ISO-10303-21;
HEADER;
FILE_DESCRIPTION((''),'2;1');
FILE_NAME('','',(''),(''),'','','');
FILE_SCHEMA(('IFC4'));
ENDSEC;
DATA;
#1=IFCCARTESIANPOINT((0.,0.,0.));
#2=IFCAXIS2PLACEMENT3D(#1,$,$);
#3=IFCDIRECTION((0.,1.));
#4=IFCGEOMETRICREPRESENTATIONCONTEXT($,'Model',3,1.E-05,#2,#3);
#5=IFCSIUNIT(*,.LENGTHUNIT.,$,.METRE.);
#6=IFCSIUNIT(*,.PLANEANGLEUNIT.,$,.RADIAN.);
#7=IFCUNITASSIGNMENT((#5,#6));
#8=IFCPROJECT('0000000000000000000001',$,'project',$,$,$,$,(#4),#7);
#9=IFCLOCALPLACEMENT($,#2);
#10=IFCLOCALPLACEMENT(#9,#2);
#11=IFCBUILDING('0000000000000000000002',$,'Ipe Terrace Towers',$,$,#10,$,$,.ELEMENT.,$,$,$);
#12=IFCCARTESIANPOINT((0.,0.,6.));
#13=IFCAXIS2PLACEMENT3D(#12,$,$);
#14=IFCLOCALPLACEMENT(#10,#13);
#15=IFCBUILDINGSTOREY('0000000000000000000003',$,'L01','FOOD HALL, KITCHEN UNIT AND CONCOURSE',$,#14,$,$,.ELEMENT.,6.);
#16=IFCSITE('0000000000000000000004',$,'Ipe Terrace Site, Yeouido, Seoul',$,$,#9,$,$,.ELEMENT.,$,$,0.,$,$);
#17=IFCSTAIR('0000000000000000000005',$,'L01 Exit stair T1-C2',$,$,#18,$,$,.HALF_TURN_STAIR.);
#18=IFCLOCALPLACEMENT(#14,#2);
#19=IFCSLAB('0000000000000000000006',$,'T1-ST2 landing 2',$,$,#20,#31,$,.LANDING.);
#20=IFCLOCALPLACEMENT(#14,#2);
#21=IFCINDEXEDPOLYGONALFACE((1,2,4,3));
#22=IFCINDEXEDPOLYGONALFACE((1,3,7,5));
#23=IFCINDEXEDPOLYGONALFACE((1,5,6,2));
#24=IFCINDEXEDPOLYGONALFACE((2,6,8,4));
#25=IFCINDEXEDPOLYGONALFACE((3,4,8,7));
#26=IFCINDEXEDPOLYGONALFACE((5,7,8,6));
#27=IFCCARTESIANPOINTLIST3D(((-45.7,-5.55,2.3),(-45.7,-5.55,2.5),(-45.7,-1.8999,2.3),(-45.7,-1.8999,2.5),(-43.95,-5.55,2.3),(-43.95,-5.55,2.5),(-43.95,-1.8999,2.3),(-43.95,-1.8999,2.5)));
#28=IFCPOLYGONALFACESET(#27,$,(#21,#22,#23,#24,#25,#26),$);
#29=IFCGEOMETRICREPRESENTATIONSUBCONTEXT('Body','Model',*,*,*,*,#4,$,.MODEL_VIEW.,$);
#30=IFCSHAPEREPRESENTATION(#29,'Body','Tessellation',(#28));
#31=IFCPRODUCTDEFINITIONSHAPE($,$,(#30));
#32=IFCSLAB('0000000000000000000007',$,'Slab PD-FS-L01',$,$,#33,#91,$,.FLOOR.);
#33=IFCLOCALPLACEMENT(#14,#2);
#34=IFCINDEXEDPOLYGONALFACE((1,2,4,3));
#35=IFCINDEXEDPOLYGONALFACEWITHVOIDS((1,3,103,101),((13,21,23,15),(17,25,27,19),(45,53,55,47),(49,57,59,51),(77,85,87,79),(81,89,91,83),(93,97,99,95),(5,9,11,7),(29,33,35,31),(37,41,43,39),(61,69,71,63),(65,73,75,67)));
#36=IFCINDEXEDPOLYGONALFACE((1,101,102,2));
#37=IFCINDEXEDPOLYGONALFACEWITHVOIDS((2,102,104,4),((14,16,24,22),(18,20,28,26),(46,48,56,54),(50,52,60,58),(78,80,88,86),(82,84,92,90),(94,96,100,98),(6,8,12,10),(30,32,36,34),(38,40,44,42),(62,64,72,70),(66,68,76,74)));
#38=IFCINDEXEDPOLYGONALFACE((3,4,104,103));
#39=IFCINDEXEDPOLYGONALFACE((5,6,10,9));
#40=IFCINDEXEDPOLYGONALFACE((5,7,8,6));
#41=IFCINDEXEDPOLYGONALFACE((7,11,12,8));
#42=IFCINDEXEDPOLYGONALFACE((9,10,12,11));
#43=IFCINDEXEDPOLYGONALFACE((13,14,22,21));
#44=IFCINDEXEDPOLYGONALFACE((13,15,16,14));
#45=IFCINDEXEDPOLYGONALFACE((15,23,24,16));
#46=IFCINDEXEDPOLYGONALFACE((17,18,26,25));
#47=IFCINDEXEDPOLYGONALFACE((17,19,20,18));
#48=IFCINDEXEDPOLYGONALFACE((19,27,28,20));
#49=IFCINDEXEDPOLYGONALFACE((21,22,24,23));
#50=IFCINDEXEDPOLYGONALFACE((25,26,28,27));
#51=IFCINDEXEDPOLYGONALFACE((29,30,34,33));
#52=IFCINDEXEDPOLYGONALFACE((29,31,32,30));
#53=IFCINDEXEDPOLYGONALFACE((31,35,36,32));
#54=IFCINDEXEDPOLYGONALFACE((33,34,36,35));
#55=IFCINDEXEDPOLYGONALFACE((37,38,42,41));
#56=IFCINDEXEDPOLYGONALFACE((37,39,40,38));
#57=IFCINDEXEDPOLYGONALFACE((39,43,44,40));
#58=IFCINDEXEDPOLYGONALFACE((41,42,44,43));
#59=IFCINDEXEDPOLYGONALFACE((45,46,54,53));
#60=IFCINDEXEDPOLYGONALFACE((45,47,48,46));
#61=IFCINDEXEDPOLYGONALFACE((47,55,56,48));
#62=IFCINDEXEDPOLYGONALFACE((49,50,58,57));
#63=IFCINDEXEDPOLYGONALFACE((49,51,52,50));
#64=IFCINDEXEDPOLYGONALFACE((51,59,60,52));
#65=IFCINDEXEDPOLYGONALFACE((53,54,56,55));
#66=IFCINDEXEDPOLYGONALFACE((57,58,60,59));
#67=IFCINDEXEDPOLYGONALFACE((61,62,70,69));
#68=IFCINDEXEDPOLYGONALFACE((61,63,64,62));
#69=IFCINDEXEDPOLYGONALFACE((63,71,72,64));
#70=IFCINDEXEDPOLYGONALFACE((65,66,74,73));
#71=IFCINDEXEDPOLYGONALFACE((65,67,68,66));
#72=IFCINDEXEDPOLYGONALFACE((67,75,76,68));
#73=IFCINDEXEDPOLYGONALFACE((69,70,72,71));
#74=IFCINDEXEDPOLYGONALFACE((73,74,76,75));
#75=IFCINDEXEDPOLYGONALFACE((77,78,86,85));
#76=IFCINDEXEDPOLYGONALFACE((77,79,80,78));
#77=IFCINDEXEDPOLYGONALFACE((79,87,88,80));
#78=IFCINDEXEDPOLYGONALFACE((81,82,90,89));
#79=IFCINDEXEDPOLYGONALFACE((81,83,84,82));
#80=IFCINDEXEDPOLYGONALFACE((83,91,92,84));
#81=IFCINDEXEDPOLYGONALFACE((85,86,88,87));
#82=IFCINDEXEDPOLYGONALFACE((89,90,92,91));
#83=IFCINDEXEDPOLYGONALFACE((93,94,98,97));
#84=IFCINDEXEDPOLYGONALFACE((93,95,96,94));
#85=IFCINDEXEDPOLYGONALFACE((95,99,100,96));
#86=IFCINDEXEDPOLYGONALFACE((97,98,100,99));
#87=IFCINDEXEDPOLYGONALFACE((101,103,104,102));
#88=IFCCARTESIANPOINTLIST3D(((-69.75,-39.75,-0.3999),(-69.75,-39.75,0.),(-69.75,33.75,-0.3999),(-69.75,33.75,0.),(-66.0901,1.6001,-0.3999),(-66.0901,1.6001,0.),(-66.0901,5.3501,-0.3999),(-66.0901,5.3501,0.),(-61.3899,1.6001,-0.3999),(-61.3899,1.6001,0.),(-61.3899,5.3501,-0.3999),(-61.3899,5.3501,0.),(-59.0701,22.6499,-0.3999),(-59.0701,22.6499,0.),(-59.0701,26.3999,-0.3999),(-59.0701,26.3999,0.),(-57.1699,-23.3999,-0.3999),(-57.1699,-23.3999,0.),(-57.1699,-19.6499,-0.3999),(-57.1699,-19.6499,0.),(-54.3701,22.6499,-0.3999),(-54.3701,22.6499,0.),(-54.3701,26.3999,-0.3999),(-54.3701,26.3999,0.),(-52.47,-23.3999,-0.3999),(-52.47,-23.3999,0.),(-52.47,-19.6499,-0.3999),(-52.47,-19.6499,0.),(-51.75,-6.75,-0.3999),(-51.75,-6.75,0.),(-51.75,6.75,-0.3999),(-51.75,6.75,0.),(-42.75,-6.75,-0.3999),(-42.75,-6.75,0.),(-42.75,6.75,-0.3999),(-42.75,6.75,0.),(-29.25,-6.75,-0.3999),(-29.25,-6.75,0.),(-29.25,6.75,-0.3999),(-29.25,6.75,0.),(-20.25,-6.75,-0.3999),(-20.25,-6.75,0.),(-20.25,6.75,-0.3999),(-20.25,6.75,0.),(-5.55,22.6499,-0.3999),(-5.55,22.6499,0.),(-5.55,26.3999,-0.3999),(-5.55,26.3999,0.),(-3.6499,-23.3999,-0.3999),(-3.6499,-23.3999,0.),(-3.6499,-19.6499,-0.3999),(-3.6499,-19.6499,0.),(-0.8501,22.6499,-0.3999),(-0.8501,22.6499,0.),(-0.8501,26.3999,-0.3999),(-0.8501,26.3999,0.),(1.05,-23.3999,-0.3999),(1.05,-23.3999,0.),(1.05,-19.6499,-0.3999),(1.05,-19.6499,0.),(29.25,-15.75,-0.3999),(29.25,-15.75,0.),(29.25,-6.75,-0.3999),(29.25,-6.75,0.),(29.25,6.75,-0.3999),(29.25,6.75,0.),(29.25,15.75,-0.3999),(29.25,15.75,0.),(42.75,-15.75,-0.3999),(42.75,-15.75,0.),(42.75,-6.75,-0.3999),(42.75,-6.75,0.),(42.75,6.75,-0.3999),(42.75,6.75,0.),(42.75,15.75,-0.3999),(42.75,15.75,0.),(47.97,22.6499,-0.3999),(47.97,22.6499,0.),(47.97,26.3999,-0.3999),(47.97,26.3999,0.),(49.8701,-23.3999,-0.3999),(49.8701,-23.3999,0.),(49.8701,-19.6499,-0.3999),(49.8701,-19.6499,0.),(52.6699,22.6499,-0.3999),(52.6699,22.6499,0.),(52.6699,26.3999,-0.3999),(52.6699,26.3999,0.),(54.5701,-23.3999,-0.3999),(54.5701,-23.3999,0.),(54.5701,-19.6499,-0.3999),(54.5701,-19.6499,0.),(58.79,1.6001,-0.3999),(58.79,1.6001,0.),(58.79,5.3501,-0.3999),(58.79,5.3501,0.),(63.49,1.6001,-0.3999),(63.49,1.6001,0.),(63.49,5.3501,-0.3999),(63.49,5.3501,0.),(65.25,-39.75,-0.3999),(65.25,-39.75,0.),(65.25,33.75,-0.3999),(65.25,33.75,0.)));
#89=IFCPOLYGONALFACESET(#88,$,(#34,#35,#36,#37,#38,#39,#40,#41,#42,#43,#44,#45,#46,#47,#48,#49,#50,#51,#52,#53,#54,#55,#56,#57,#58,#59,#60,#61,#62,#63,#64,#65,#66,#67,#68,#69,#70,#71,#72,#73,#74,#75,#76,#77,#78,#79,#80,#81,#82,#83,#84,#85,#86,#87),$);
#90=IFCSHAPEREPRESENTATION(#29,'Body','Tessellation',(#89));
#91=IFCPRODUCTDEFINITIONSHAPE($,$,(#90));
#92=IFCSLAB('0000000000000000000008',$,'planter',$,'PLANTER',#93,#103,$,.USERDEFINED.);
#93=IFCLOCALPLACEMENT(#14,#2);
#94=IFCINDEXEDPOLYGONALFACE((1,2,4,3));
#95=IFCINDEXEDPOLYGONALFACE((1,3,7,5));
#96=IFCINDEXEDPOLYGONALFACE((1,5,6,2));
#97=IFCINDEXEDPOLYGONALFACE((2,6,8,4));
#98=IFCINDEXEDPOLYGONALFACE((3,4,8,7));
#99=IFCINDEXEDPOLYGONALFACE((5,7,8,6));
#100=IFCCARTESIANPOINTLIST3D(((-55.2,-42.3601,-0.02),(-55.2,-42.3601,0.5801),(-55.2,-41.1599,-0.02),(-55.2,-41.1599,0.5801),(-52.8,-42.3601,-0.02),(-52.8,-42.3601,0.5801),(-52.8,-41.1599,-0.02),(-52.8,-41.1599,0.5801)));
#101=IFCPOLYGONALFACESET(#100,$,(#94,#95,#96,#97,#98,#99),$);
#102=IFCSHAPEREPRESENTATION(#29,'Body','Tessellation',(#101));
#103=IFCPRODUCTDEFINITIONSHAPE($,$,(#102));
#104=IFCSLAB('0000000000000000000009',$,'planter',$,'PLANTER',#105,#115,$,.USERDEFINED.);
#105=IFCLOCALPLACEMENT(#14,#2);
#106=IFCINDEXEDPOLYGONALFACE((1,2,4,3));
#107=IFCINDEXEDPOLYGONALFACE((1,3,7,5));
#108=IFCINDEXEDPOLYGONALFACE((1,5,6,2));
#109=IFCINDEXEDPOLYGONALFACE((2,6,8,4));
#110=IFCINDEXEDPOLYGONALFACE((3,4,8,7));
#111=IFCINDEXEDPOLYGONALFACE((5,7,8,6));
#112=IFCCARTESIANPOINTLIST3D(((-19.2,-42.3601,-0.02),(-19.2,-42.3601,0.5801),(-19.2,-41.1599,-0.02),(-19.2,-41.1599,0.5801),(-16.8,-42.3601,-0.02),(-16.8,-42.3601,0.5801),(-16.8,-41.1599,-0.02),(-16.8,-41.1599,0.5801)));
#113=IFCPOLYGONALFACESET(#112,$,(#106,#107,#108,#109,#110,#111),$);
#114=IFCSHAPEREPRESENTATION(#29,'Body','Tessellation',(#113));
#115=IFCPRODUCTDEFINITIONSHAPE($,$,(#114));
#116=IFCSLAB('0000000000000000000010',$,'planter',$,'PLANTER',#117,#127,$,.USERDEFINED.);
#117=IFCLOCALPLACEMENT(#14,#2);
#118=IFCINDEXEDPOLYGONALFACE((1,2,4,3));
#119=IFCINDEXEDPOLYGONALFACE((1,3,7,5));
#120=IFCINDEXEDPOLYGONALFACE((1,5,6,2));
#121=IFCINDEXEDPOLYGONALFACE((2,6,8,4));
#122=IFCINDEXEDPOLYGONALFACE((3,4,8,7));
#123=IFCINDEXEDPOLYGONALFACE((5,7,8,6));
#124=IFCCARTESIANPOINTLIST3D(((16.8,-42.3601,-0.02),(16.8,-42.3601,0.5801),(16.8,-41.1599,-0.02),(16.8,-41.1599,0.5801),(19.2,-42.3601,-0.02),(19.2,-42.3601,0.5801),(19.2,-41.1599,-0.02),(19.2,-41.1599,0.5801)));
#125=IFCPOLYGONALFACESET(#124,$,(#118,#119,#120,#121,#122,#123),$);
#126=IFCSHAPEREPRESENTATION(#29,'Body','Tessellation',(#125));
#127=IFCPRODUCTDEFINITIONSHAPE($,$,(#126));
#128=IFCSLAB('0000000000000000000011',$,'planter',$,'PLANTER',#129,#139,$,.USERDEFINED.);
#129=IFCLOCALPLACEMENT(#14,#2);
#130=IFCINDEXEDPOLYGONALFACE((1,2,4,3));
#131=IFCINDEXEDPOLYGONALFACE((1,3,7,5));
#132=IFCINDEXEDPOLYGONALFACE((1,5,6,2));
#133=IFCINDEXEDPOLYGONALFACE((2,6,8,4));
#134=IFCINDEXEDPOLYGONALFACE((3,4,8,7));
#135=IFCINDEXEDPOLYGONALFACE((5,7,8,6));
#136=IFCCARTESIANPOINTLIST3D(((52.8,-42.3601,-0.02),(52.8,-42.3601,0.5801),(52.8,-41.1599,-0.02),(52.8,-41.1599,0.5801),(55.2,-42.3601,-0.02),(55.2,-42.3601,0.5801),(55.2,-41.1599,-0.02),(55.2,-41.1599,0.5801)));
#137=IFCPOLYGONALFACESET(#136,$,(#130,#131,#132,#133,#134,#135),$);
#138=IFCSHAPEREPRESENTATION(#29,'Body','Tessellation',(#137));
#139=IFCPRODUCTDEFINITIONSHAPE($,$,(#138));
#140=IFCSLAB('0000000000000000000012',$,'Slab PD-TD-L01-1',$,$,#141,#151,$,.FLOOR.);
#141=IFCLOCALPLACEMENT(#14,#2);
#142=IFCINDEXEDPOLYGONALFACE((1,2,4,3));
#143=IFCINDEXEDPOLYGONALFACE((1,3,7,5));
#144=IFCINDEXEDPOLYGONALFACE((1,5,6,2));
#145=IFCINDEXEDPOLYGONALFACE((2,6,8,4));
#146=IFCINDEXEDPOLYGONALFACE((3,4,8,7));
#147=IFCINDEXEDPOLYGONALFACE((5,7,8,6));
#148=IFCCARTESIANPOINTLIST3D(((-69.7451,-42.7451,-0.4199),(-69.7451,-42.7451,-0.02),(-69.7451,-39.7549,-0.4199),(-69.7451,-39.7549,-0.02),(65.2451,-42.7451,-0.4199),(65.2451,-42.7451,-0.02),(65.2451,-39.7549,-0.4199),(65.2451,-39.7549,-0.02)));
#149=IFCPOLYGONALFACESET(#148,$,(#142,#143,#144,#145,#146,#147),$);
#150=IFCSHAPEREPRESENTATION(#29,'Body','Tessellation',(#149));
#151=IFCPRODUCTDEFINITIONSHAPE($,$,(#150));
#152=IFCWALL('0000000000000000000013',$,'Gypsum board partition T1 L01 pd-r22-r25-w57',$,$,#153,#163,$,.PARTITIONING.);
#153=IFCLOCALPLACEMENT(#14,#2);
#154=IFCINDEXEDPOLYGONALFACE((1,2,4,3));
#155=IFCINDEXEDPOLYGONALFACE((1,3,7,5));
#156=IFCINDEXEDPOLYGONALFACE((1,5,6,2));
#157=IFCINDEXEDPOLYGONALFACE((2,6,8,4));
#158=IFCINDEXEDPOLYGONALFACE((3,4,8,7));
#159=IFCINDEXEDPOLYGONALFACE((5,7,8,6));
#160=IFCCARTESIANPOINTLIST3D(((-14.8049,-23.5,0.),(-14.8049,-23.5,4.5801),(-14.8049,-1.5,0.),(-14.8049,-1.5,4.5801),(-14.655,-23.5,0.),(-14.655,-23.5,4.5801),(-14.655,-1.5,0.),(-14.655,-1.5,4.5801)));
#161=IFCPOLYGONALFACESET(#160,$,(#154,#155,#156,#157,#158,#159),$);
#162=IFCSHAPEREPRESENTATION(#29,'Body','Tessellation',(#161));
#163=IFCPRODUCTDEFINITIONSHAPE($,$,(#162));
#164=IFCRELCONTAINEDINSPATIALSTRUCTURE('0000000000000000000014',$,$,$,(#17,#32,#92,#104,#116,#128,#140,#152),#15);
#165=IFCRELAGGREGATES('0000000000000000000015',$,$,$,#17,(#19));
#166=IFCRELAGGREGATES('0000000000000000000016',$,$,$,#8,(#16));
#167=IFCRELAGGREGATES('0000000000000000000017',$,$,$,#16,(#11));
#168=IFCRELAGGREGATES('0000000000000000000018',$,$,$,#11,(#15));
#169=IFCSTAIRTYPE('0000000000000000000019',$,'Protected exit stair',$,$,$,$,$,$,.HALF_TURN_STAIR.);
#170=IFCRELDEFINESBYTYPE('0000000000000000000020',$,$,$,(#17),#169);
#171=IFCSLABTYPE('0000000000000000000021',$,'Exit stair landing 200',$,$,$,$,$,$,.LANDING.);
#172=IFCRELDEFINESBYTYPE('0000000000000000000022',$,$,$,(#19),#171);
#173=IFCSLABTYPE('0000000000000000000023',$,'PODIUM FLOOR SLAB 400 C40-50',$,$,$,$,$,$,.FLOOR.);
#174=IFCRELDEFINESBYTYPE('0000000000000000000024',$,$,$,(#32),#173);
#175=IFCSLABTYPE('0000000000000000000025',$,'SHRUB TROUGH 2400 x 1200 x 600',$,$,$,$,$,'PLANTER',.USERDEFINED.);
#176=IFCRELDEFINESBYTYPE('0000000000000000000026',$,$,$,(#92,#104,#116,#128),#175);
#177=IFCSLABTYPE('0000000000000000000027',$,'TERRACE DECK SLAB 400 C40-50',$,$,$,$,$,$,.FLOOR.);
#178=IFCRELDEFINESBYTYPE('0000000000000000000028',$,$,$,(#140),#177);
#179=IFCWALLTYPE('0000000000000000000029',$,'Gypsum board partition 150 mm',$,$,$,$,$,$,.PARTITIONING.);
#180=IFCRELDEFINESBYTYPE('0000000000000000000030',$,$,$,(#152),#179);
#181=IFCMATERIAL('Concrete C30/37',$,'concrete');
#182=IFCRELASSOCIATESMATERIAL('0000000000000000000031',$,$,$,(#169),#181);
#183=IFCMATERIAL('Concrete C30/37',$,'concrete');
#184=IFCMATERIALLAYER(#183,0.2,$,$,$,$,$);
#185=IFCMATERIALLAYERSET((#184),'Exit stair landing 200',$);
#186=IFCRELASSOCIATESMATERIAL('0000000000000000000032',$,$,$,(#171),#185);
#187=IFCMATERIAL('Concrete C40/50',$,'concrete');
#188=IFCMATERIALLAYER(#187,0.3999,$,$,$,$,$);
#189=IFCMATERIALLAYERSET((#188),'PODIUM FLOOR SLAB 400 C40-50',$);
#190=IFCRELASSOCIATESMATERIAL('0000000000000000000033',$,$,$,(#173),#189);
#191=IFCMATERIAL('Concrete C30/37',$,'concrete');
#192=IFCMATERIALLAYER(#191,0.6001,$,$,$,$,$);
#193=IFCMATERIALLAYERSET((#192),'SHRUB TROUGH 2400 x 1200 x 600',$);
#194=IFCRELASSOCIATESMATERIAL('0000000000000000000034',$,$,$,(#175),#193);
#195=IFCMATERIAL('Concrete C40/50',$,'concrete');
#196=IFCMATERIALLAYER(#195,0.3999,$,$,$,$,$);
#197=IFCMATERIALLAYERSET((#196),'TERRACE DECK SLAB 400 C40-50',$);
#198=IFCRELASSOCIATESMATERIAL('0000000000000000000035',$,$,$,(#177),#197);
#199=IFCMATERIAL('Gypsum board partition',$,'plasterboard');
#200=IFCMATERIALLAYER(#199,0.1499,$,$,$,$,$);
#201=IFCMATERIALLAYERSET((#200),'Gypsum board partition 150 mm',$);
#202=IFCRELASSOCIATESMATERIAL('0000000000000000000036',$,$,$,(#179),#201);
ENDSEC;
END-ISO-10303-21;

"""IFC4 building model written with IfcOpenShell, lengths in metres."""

from ifc_helpers import new_model, si_unit, direction, frame, frame_2d, origin, place, context, subcontext, project, spatial, polyline, rectangle, outline, extrude, material, layer, layer_set, type_object, element, aggregate, save


model = new_model("IFC4")

# Units and contexts
model_context = context("Model", 3, precision=1e-05, world=origin(), true_north=direction((0.0, 1.0)))
body_context = subcontext(model_context, "Body", "Model", "MODEL_VIEW")
ifc_project = project(units=[si_unit("LENGTHUNIT", "METRE"), si_unit("PLANEANGLEUNIT", "RADIAN")], contexts=[model_context])

# Site, building, storey
site_placement = place(None, origin())
site = spatial("IfcSite", under=ifc_project, at=site_placement, Name="Ipe Terrace Site, Yeouido, Seoul", CompositionType="ELEMENT", RefElevation=0.0)
building_placement = place(site_placement, origin())
building = spatial("IfcBuilding", under=site, at=building_placement, Name="Ipe Terrace Towers", CompositionType="ELEMENT")
storey_placement = place(building_placement, frame((0.0, 0.0, 6.0)))
storey = spatial("IfcBuildingStorey", under=building, at=storey_placement, Name="L01", Description="FOOD HALL, KITCHEN UNIT AND CONCOURSE", CompositionType="ELEMENT", Elevation=6.0)

# Stair, slab
ifc_material_1 = material(Name="Concrete C30/37", Category="concrete")
stair_type = type_object("IfcStairType", Name="Protected exit stair", PredefinedType="HALF_TURN_STAIR", material=ifc_material_1)
ifc_material_2 = material(Name="Concrete C30/37", Category="concrete")
ifc_layer_1 = layer(ifc_material_2, 0.2)
ifc_layer_set_1 = layer_set([ifc_layer_1], Name="Exit stair landing 200")
slab_type_1 = type_object("IfcSlabType", Name="Exit stair landing 200", PredefinedType="LANDING", material=ifc_layer_set_1)
stair_1_placement = place(storey_placement, origin())
stair_1 = element("IfcStair", 1, at=stair_1_placement, inside=storey, type_object=stair_type, Name="L01 Exit stair T1-C2", PredefinedType="HALF_TURN_STAIR")
slab_1_placement = place(storey_placement, frame((0.0, 0.0, 2.3)))
slab_1 = element("IfcSlab", 2, at=slab_1_placement, type_object=slab_type_1, Name="T1-ST2 landing 2", PredefinedType="LANDING", context=body_context, shape_type="SweptSolid", body=[
    extrude(outline(polyline([(-43.95, -1.8999), (-45.7, -1.8999), (-45.7, -5.55), (-43.95, -5.55), (-43.95, -1.8999)])), origin(), (0.0, 0.0, 1.0), 0.2),
])
aggregate(stair_1, [slab_1])

# Slabs
ifc_material_3 = material(Name="Concrete C40/50", Category="concrete")
ifc_layer_2 = layer(ifc_material_3, 0.3999)
ifc_layer_set_2 = layer_set([ifc_layer_2], Name="PODIUM FLOOR SLAB 400 C40-50")
slab_type_2 = type_object("IfcSlabType", Name="PODIUM FLOOR SLAB 400 C40-50", PredefinedType="FLOOR", material=ifc_layer_set_2)
slab_2_placement = place(storey_placement, frame((0.0, 0.0, -0.3999)))
element("IfcSlab", 3, at=slab_2_placement, inside=storey, type_object=slab_type_2, Name="Slab PD-FS-L01", PredefinedType="FLOOR", context=body_context, shape_type="SweptSolid", body=[
    extrude(outline(polyline([(-69.75, -39.75), (-69.75, 33.75), (65.25, 33.75), (65.25, -39.75), (-69.75, -39.75)]), holes=[polyline([(-20.25, -6.75), (-20.25, 6.75), (-29.25, 6.75), (-29.25, -6.75), (-20.25, -6.75)]), polyline([(-51.75, -6.75), (-42.75, -6.75), (-42.75, 6.75), (-51.75, 6.75), (-51.75, -6.75)]), polyline([(29.25, 15.75), (29.25, 6.75), (42.75, 6.75), (42.75, 15.75), (29.25, 15.75)]), polyline([(42.75, -6.75), (29.25, -6.75), (29.25, -15.75), (42.75, -15.75), (42.75, -6.75)]), polyline([(-52.47, -19.6499), (-57.1699, -19.6499), (-57.1699, -23.3999), (-52.47, -23.3999), (-52.47, -19.6499)]), polyline([(1.05, -19.6499), (-3.6499, -19.6499), (-3.6499, -23.3999), (1.05, -23.3999), (1.05, -19.6499)]), polyline([(54.5701, -19.6499), (49.8701, -19.6499), (49.8701, -23.3999), (54.5701, -23.3999), (54.5701, -19.6499)]), polyline([(-61.3899, 5.3501), (-66.0901, 5.3501), (-66.0901, 1.6001), (-61.3899, 1.6001), (-61.3899, 5.3501)]), polyline([(63.49, 5.3501), (58.79, 5.3501), (58.79, 1.6001), (63.49, 1.6001), (63.49, 5.3501)]), polyline([(-59.0701, 22.6499), (-54.3701, 22.6499), (-54.3701, 26.3999), (-59.0701, 26.3999), (-59.0701, 22.6499)]), polyline([(-5.55, 22.6499), (-0.8501, 22.6499), (-0.8501, 26.3999), (-5.55, 26.3999), (-5.55, 22.6499)]), polyline([(47.97, 22.6499), (52.6699, 22.6499), (52.6699, 26.3999), (47.97, 26.3999), (47.97, 22.6499)])]), origin(), (0.0, 0.0, 1.0), 0.3999),
])
ifc_material_4 = material(Name="Concrete C30/37", Category="concrete")
ifc_layer_3 = layer(ifc_material_4, 0.6001)
ifc_layer_set_3 = layer_set([ifc_layer_3], Name="SHRUB TROUGH 2400 x 1200 x 600")
slab_type_3 = type_object("IfcSlabType", Name="SHRUB TROUGH 2400 x 1200 x 600", ElementType="PLANTER", PredefinedType="USERDEFINED", material=ifc_layer_set_3)
slab_3_placement = place(storey_placement, frame((0.0, 0.0, -0.02)))
element("IfcSlab", 4, at=slab_3_placement, inside=storey, type_object=slab_type_3, Name="planter", ObjectType="PLANTER", PredefinedType="USERDEFINED", context=body_context, shape_type="SweptSolid", body=[
    extrude(outline(polyline([(-55.2, -42.3601), (-52.8, -42.3601), (-52.8, -41.1599), (-55.2, -41.1599), (-55.2, -42.3601)])), origin(), (0.0, 0.0, 1.0), 0.6001),
])
slab_4_placement = place(storey_placement, frame((0.0, 0.0, -0.02)))
element("IfcSlab", 5, at=slab_4_placement, inside=storey, type_object=slab_type_3, Name="planter", ObjectType="PLANTER", PredefinedType="USERDEFINED", context=body_context, shape_type="SweptSolid", body=[
    extrude(outline(polyline([(-19.2, -42.3601), (-16.8, -42.3601), (-16.8, -41.1599), (-19.2, -41.1599), (-19.2, -42.3601)])), origin(), (0.0, 0.0, 1.0), 0.6001),
])
slab_5_placement = place(storey_placement, frame((0.0, 0.0, -0.02)))
element("IfcSlab", 6, at=slab_5_placement, inside=storey, type_object=slab_type_3, Name="planter", ObjectType="PLANTER", PredefinedType="USERDEFINED", context=body_context, shape_type="SweptSolid", body=[
    extrude(outline(polyline([(16.8, -42.3601), (19.2, -42.3601), (19.2, -41.1599), (16.8, -41.1599), (16.8, -42.3601)])), origin(), (0.0, 0.0, 1.0), 0.6001),
])
slab_6_placement = place(storey_placement, frame((0.0, 0.0, -0.02)))
element("IfcSlab", 7, at=slab_6_placement, inside=storey, type_object=slab_type_3, Name="planter", ObjectType="PLANTER", PredefinedType="USERDEFINED", context=body_context, shape_type="SweptSolid", body=[
    extrude(outline(polyline([(52.8, -42.3601), (55.2, -42.3601), (55.2, -41.1599), (52.8, -41.1599), (52.8, -42.3601)])), origin(), (0.0, 0.0, 1.0), 0.6001),
])
ifc_material_5 = material(Name="Concrete C40/50", Category="concrete")
ifc_layer_4 = layer(ifc_material_5, 0.3999)
ifc_layer_set_4 = layer_set([ifc_layer_4], Name="TERRACE DECK SLAB 400 C40-50")
slab_type_4 = type_object("IfcSlabType", Name="TERRACE DECK SLAB 400 C40-50", PredefinedType="FLOOR", material=ifc_layer_set_4)
slab_7_placement = place(storey_placement, frame((0.0, 0.0, -0.4199)))
element("IfcSlab", 8, at=slab_7_placement, inside=storey, type_object=slab_type_4, Name="Slab PD-TD-L01-1", PredefinedType="FLOOR", context=body_context, shape_type="SweptSolid", body=[
    extrude(outline(polyline([(65.2451, -42.7451), (-69.7451, -42.7451), (-69.7451, -39.7549), (65.2451, -39.7549), (65.2451, -42.7451)])), origin(), (0.0, 0.0, 1.0), 0.3999),
])

# Wall
ifc_material_6 = material(Name="Gypsum board partition", Category="plasterboard")
ifc_layer_5 = layer(ifc_material_6, 0.1499)
ifc_layer_set_5 = layer_set([ifc_layer_5], Name="Gypsum board partition 150 mm")
wall_type_1 = type_object("IfcWallType", Name="Gypsum board partition 150 mm", PredefinedType="PARTITIONING", material=ifc_layer_set_5)
wall_1_placement = place(storey_placement, frame((-14.73, -1.5, 0.0), z_axis=(0.0, 0.0, 1.0), x_axis=(0.0, -1.0, 0.0)))
element("IfcWall", 9, at=wall_1_placement, inside=storey, type_object=wall_type_1, Name="Gypsum board partition T1 L01 pd-r22-r25-w57", PredefinedType="PARTITIONING", context=body_context, shape_type="SweptSolid", body=[
    extrude(rectangle(XDim=22.0, YDim=0.1499, at=frame_2d((11.0, 0.0))), origin(), (0.0, 0.0, 1.0), 4.5801),
])

save(model, "model.ifc")
